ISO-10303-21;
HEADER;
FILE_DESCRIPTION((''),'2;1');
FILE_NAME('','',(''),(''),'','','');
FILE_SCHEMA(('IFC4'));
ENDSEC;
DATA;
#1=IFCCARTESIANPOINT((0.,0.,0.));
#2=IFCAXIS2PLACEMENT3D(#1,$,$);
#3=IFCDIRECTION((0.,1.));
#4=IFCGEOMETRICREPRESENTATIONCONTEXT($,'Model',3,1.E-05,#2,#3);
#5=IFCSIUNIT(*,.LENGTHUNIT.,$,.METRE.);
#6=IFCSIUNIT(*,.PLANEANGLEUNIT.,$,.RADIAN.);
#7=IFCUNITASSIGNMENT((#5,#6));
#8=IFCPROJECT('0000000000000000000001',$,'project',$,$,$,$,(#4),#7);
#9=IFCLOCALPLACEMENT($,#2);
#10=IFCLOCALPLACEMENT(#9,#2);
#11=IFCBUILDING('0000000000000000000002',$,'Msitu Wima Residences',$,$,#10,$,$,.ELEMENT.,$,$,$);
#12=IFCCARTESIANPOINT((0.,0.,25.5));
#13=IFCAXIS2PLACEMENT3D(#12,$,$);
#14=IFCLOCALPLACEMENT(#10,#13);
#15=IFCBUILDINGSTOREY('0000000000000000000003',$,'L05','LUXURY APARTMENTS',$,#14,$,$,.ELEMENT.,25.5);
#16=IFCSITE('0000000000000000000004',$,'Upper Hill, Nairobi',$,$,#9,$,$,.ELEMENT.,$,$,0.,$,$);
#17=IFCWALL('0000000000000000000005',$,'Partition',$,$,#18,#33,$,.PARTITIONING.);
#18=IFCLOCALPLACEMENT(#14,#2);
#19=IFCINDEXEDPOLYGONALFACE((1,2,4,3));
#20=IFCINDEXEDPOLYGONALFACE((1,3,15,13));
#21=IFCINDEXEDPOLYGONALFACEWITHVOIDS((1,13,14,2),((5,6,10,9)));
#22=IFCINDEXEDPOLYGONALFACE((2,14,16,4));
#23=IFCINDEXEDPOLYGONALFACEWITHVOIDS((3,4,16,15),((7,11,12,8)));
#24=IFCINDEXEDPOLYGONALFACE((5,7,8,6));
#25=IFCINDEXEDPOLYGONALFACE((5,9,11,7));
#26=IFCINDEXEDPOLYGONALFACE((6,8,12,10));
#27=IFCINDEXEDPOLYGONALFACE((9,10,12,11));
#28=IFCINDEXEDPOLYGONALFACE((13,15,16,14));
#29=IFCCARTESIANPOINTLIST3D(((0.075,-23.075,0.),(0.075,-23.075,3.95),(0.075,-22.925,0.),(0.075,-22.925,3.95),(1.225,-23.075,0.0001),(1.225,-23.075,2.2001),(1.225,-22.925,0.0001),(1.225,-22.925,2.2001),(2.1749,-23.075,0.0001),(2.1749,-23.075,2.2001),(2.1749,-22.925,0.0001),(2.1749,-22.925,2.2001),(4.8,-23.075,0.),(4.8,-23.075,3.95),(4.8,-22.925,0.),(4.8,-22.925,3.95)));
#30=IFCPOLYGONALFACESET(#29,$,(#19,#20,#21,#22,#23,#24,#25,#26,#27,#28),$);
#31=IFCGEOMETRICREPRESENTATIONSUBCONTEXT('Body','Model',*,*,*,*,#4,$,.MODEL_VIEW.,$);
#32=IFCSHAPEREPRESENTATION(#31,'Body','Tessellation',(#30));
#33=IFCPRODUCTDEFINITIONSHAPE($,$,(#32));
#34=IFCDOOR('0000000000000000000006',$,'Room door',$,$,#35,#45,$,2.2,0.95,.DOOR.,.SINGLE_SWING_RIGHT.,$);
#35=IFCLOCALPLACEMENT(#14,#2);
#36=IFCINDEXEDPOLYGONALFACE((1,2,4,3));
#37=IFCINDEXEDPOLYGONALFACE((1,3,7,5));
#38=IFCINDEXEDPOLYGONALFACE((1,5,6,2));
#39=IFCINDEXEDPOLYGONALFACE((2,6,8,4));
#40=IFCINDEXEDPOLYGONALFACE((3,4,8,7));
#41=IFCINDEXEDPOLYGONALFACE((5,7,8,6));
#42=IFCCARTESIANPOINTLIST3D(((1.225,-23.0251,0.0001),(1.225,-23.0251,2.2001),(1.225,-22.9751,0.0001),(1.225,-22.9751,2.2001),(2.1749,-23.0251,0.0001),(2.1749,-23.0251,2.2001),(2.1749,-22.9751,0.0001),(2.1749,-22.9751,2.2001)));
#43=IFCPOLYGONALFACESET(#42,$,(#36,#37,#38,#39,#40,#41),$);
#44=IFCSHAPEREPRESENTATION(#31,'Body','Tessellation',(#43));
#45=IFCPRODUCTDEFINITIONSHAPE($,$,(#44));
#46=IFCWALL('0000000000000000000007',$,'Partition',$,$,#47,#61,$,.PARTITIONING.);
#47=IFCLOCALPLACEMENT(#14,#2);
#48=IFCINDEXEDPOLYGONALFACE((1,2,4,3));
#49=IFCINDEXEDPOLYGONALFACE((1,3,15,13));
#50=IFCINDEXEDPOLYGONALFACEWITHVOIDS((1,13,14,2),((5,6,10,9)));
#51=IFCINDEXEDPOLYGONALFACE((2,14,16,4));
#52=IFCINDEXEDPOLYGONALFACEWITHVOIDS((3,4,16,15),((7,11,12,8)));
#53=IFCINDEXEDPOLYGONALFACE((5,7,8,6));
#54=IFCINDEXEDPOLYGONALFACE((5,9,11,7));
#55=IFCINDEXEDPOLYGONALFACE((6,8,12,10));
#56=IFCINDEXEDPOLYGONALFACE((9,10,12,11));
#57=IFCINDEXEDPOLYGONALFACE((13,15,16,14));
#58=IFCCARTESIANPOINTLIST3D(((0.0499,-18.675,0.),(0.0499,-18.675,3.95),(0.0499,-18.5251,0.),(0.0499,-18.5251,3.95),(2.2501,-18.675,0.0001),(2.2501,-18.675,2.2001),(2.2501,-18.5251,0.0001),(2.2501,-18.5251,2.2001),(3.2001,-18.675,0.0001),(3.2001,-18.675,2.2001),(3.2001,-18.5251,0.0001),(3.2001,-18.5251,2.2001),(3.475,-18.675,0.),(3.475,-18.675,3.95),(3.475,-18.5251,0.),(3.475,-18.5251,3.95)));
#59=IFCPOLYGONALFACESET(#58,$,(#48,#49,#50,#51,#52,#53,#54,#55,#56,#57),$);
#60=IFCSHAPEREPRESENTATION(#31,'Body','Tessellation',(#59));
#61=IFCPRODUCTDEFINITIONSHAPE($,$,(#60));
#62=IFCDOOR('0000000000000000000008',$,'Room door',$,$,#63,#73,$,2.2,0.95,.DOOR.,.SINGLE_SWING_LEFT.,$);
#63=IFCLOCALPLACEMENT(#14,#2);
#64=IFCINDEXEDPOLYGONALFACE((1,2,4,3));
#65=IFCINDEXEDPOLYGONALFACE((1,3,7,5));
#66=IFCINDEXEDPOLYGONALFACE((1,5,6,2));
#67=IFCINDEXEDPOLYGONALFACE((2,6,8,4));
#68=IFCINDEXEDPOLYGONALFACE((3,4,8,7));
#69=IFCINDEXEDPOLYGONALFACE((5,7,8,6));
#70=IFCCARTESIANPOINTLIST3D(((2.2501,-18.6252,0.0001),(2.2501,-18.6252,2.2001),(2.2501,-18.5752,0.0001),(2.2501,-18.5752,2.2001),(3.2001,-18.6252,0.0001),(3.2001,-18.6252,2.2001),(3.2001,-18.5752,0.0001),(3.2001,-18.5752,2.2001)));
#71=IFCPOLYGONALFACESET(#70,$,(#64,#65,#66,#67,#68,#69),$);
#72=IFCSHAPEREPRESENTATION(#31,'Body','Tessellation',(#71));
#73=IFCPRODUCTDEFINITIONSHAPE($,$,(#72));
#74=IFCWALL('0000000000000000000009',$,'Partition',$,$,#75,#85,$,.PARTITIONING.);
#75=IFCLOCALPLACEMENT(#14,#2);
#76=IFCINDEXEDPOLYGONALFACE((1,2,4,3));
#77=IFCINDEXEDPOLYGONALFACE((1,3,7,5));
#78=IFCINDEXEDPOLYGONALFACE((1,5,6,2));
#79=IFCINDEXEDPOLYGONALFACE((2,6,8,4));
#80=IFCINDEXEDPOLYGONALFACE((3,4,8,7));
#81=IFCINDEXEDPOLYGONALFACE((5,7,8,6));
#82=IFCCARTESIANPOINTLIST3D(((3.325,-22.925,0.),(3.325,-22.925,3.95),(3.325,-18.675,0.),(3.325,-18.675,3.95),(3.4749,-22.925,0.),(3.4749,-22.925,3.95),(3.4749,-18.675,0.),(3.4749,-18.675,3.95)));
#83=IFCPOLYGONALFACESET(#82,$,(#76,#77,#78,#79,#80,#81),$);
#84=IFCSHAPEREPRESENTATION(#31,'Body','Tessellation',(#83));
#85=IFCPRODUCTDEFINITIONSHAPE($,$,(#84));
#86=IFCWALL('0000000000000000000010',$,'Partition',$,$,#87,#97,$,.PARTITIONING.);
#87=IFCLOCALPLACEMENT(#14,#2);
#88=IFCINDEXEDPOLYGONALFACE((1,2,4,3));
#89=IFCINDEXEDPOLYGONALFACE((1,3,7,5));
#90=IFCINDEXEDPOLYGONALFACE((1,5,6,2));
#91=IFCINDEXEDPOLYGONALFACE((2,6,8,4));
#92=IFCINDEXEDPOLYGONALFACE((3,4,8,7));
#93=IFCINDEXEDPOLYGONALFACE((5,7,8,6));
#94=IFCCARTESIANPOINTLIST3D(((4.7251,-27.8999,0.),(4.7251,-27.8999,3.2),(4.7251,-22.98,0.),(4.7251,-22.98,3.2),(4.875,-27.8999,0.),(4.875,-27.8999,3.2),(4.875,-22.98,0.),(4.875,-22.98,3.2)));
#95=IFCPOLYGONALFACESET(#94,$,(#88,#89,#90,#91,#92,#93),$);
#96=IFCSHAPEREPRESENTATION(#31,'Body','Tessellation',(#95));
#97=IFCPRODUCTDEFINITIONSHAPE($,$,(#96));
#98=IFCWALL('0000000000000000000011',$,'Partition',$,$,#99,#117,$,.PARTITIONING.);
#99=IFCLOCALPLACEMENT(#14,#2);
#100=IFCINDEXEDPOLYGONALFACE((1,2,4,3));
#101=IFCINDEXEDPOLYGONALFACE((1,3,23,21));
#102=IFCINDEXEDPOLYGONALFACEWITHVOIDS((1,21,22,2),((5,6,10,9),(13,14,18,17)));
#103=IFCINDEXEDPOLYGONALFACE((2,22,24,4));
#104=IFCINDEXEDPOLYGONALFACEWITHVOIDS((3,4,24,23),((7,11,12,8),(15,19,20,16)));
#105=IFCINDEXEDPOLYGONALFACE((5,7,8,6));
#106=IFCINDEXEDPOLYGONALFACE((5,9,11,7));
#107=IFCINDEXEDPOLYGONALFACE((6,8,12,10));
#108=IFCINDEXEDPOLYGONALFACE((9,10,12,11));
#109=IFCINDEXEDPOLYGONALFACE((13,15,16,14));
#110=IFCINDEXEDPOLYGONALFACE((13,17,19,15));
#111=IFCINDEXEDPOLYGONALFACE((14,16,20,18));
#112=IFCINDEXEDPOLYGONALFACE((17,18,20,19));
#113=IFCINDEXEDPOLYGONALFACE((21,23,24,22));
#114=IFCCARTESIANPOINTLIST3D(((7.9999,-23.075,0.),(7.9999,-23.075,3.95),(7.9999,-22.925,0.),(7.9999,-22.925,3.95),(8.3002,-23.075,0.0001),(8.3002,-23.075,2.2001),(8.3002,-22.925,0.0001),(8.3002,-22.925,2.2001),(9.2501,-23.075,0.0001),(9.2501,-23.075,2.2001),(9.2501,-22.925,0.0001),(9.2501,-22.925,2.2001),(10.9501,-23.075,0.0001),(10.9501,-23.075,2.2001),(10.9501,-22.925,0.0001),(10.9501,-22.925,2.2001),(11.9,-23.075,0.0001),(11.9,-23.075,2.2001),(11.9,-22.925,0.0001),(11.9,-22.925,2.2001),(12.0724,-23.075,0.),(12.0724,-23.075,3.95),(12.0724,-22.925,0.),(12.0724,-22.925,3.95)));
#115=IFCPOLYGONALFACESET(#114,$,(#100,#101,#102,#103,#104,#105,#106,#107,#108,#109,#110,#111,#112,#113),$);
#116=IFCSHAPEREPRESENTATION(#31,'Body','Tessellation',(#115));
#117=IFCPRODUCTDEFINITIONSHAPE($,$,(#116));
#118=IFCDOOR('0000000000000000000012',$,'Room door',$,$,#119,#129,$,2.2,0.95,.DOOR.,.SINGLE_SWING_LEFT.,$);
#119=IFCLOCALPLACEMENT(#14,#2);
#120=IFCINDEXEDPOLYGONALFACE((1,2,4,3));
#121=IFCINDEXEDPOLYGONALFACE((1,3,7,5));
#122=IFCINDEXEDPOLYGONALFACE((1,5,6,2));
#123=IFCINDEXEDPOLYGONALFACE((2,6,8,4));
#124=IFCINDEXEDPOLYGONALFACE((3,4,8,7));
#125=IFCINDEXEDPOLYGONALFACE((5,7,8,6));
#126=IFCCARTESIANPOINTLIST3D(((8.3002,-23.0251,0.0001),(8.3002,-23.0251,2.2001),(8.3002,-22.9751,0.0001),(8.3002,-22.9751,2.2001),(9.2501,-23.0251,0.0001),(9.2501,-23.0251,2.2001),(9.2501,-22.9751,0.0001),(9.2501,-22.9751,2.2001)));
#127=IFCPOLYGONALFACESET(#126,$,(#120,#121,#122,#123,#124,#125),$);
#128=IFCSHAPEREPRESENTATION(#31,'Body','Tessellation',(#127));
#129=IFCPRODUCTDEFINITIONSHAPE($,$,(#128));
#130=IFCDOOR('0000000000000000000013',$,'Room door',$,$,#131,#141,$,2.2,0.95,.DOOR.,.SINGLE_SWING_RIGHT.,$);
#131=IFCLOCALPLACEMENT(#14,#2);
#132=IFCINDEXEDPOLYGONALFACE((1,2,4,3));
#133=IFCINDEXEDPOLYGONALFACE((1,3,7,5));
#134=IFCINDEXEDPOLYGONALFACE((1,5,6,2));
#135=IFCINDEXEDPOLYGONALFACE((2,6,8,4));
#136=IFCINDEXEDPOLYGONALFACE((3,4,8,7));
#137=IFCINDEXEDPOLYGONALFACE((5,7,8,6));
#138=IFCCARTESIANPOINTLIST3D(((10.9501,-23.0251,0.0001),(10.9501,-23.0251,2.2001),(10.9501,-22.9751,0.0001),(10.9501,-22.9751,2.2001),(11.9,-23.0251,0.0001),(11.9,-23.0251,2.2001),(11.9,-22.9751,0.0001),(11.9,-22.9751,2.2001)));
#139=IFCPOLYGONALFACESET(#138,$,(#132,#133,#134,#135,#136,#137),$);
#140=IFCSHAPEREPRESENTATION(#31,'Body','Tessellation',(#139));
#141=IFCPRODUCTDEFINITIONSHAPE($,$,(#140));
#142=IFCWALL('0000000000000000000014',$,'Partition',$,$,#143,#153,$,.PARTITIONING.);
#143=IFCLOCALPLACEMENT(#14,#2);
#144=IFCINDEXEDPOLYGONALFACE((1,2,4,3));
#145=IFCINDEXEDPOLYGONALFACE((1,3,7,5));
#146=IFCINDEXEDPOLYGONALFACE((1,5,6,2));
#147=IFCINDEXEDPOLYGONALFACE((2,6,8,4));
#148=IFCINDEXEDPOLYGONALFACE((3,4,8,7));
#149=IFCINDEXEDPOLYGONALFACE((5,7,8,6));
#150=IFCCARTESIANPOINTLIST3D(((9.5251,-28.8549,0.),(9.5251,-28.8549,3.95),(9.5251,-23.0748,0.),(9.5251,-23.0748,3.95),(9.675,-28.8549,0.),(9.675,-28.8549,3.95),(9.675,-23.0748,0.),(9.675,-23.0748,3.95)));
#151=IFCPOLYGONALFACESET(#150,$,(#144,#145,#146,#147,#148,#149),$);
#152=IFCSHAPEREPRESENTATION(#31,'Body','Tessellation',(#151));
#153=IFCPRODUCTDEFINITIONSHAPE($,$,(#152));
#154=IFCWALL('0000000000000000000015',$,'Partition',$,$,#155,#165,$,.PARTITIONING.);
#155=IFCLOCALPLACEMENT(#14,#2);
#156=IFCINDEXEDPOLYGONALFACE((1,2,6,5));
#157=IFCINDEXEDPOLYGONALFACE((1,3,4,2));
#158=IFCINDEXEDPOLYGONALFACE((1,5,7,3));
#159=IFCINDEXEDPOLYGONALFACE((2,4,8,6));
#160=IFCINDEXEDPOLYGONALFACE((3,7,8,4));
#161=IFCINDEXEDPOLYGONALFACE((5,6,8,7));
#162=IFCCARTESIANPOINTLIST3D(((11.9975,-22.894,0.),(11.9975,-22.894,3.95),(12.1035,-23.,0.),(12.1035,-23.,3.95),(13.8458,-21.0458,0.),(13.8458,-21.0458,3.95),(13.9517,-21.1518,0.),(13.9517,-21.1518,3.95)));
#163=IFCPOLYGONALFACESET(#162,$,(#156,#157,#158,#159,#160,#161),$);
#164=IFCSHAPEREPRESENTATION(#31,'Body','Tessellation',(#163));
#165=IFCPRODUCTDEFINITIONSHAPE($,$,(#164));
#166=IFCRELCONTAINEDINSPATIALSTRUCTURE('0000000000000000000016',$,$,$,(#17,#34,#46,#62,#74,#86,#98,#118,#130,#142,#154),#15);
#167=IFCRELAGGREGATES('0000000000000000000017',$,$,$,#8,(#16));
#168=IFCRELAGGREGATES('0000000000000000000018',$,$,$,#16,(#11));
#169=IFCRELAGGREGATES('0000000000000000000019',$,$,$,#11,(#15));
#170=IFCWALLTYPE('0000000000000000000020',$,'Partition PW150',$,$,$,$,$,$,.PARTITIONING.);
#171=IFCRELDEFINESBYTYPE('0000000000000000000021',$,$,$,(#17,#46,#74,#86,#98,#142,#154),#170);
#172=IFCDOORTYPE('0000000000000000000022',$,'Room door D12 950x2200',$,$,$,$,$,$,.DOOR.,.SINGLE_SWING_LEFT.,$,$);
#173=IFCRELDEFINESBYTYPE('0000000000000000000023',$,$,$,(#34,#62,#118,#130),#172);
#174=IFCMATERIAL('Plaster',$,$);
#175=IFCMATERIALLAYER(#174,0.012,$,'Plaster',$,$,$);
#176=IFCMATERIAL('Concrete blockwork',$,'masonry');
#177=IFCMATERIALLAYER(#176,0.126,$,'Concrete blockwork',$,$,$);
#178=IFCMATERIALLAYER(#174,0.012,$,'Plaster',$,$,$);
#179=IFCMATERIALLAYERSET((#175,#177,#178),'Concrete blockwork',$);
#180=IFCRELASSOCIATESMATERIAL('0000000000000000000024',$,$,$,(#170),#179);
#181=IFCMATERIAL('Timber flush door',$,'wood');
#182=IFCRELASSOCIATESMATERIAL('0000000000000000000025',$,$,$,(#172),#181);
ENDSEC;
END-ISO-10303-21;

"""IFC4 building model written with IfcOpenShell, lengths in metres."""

from ifc_helpers import new_model, si_unit, direction, frame, frame_2d, origin, place, context, subcontext, project, spatial, rectangle, extrude, material, layer, layer_set, type_object, element, fill, save


model = new_model("IFC4")

# Units and contexts
model_context = context("Model", 3, precision=1e-05, world=origin(), true_north=direction((0.0, 1.0)))
body_context = subcontext(model_context, "Body", "Model", "MODEL_VIEW")
ifc_project = project(units=[si_unit("LENGTHUNIT", "METRE"), si_unit("PLANEANGLEUNIT", "RADIAN")], contexts=[model_context])

# Site, building, storey
site_placement = place(None, origin())
site = spatial("IfcSite", under=ifc_project, at=site_placement, Name="Upper Hill, Nairobi", CompositionType="ELEMENT", RefElevation=0.0)
building_placement = place(site_placement, origin())
building = spatial("IfcBuilding", under=site, at=building_placement, Name="Msitu Wima Residences", CompositionType="ELEMENT")
storey_placement = place(building_placement, frame((0.0, 0.0, 25.5)))
storey = spatial("IfcBuildingStorey", under=building, at=storey_placement, Name="L05", Description="LUXURY APARTMENTS", CompositionType="ELEMENT", Elevation=25.5)

# Walls, openings, doors
ifc_material_1 = material(Name="Plaster")
ifc_layer_1 = layer(ifc_material_1, 0.012, Name="Plaster")
ifc_material_2 = material(Name="Concrete blockwork", Category="masonry")
ifc_layer_2 = layer(ifc_material_2, 0.126, Name="Concrete blockwork")
ifc_layer_3 = layer(ifc_material_1, 0.012, Name="Plaster")
ifc_layer_set_1 = layer_set([ifc_layer_1, ifc_layer_2, ifc_layer_3], Name="Concrete blockwork")
wall_type_1 = type_object("IfcWallType", Name="Partition PW150", PredefinedType="PARTITIONING", material=ifc_layer_set_1)
wall_1_placement = place(storey_placement, frame((0.075, -23.0, 0.0), z_axis=(0.0, 0.0, 1.0), x_axis=(1.0, 0.0, 0.0)))
wall_1 = element("IfcWall", 1, at=wall_1_placement, inside=storey, type_object=wall_type_1, Name="Partition", PredefinedType="PARTITIONING", context=body_context, shape_type="SweptSolid", body=[
    extrude(rectangle(XDim=4.7251, YDim=0.1499, at=frame_2d((2.3625, 0.0))), origin(), (0.0, 0.0, 1.0), 3.95),
])
opening_1_placement = place(wall_1_placement, frame((1.1499, 0.0, 0.0)))
opening_1 = element("IfcOpeningElement", 2, at=opening_1_placement, cuts=wall_1, PredefinedType="OPENING", context=body_context, shape_type="SweptSolid", body=[
    extrude(rectangle(XDim=0.95, YDim=2.2, at=frame_2d((0.4751, 1.1001))), frame((0.0, 0.085, 0.0), z_axis=(0.0, -1.0, 0.0), x_axis=(1.0, 0.0, 0.0)), (0.0, 0.0, 1.0), 0.1699),
])
ifc_material_3 = material(Name="Timber flush door", Category="wood")
door_type_1 = type_object("IfcDoorType", Name="Room door D12 950x2200", OperationType="SINGLE_SWING_LEFT", PredefinedType="DOOR", material=ifc_material_3)
door_1_placement = place(opening_1_placement, origin())
door_1 = element("IfcDoor", 3, at=door_1_placement, inside=storey, type_object=door_type_1, Name="Room door", OperationType="SINGLE_SWING_RIGHT", OverallHeight=2.2, OverallWidth=0.95, PredefinedType="DOOR", context=body_context, shape_type="SweptSolid", body=[
    extrude(rectangle(XDim=0.95, YDim=2.2, at=frame_2d((0.4751, 1.1001))), frame((0.0, 0.0249, 0.0), z_axis=(0.0, -1.0, 0.0), x_axis=(1.0, 0.0, 0.0)), (0.0, 0.0, 1.0), 0.05),
])
fill(opening_1, door_1)
wall_2_placement = place(storey_placement, frame((0.05, -18.6001, 0.0), z_axis=(0.0, 0.0, 1.0), x_axis=(1.0, 0.0, 0.0)))
wall_2 = element("IfcWall", 4, at=wall_2_placement, inside=storey, type_object=wall_type_1, Name="Partition", PredefinedType="PARTITIONING", context=body_context, shape_type="SweptSolid", body=[
    extrude(rectangle(XDim=3.425, YDim=0.1499, at=frame_2d((1.7124, 0.0))), origin(), (0.0, 0.0, 1.0), 3.95),
])
opening_2_placement = place(wall_2_placement, frame((2.2, 0.0, 0.0)))
opening_2 = element("IfcOpeningElement", 5, at=opening_2_placement, cuts=wall_2, PredefinedType="OPENING", context=body_context, shape_type="SweptSolid", body=[
    extrude(rectangle(XDim=0.95, YDim=2.2, at=frame_2d((0.4751, 1.1001))), frame((0.0, 0.085, 0.0), z_axis=(0.0, -1.0, 0.0), x_axis=(1.0, 0.0, 0.0)), (0.0, 0.0, 1.0), 0.1699),
])
door_2_placement = place(opening_2_placement, origin())
door_2 = element("IfcDoor", 6, at=door_2_placement, inside=storey, type_object=door_type_1, Name="Room door", OperationType="SINGLE_SWING_LEFT", OverallHeight=2.2, OverallWidth=0.95, PredefinedType="DOOR", context=body_context, shape_type="SweptSolid", body=[
    extrude(rectangle(XDim=0.95, YDim=2.2, at=frame_2d((0.4751, 1.1001))), frame((0.0, 0.0249, 0.0), z_axis=(0.0, -1.0, 0.0), x_axis=(1.0, 0.0, 0.0)), (0.0, 0.0, 1.0), 0.05),
])
fill(opening_2, door_2)

# Walls
wall_3_placement = place(storey_placement, frame((3.3999, -22.925, 0.0), z_axis=(0.0, 0.0, 1.0), x_axis=(0.0, 1.0, 0.0)))
element("IfcWall", 7, at=wall_3_placement, inside=storey, type_object=wall_type_1, Name="Partition", PredefinedType="PARTITIONING", context=body_context, shape_type="SweptSolid", body=[
    extrude(rectangle(XDim=4.25, YDim=0.1499, at=frame_2d((2.125, 0.0))), origin(), (0.0, 0.0, 1.0), 3.95),
])
wall_4_placement = place(storey_placement, frame((4.8, -27.8999, 0.0), z_axis=(0.0, 0.0, 1.0), x_axis=(0.0, 1.0, 0.0)))
element("IfcWall", 8, at=wall_4_placement, inside=storey, type_object=wall_type_1, Name="Partition", PredefinedType="PARTITIONING", context=body_context, shape_type="SweptSolid", body=[
    extrude(rectangle(XDim=4.9199, YDim=0.1499, at=frame_2d((2.46, 0.0))), origin(), (0.0, 0.0, 1.0), 3.2),
])

# Wall, openings, doors
wall_5_placement = place(storey_placement, frame((8.0, -23.0, 0.0), z_axis=(0.0, 0.0, 1.0), x_axis=(1.0, 0.0, 0.0)))
wall_5 = element("IfcWall", 9, at=wall_5_placement, inside=storey, type_object=wall_type_1, Name="Partition", PredefinedType="PARTITIONING", context=body_context, shape_type="SweptSolid", body=[
    extrude(rectangle(XDim=4.0725, YDim=0.1499, at=frame_2d((2.0361, 0.0))), origin(), (0.0, 0.0, 1.0), 3.95),
])
opening_3_placement = place(wall_5_placement, frame((0.3, 0.0, 0.0)))
opening_3 = element("IfcOpeningElement", 10, at=opening_3_placement, cuts=wall_5, PredefinedType="OPENING", context=body_context, shape_type="SweptSolid", body=[
    extrude(rectangle(XDim=0.95, YDim=2.2, at=frame_2d((0.4751, 1.1001))), frame((0.0, 0.085, 0.0), z_axis=(0.0, -1.0, 0.0), x_axis=(1.0, 0.0, 0.0)), (0.0, 0.0, 1.0), 0.1699),
])
opening_4_placement = place(wall_5_placement, frame((2.95, 0.0, 0.0)))
opening_4 = element("IfcOpeningElement", 11, at=opening_4_placement, cuts=wall_5, PredefinedType="OPENING", context=body_context, shape_type="SweptSolid", body=[
    extrude(rectangle(XDim=0.95, YDim=2.2, at=frame_2d((0.4751, 1.1001))), frame((0.0, 0.085, 0.0), z_axis=(0.0, -1.0, 0.0), x_axis=(1.0, 0.0, 0.0)), (0.0, 0.0, 1.0), 0.1699),
])
door_3_placement = place(opening_3_placement, origin())
door_3 = element("IfcDoor", 12, at=door_3_placement, inside=storey, type_object=door_type_1, Name="Room door", OperationType="SINGLE_SWING_LEFT", OverallHeight=2.2, OverallWidth=0.95, PredefinedType="DOOR", context=body_context, shape_type="SweptSolid", body=[
    extrude(rectangle(XDim=0.95, YDim=2.2, at=frame_2d((0.4751, 1.1001))), frame((0.0, 0.0249, 0.0), z_axis=(0.0, -1.0, 0.0), x_axis=(1.0, 0.0, 0.0)), (0.0, 0.0, 1.0), 0.05),
])
fill(opening_3, door_3)
door_4_placement = place(opening_4_placement, origin())
door_4 = element("IfcDoor", 13, at=door_4_placement, inside=storey, type_object=door_type_1, Name="Room door", OperationType="SINGLE_SWING_RIGHT", OverallHeight=2.2, OverallWidth=0.95, PredefinedType="DOOR", context=body_context, shape_type="SweptSolid", body=[
    extrude(rectangle(XDim=0.95, YDim=2.2, at=frame_2d((0.4751, 1.1001))), frame((0.0, 0.0249, 0.0), z_axis=(0.0, -1.0, 0.0), x_axis=(1.0, 0.0, 0.0)), (0.0, 0.0, 1.0), 0.05),
])
fill(opening_4, door_4)

# Walls
wall_6_placement = place(storey_placement, frame((9.6001, -28.855, 0.0), z_axis=(0.0, 0.0, 1.0), x_axis=(0.0, 1.0, 0.0)))
element("IfcWall", 14, at=wall_6_placement, inside=storey, type_object=wall_type_1, Name="Partition", PredefinedType="PARTITIONING", context=body_context, shape_type="SweptSolid", body=[
    extrude(rectangle(XDim=5.78, YDim=0.1499, at=frame_2d((2.8901, 0.0))), origin(), (0.0, 0.0, 1.0), 3.95),
])
wall_7_placement = place(storey_placement, frame((12.0505, -22.947, 0.0), z_axis=(0.0, 0.0, 1.0), x_axis=(0.707107, 0.707107, 0.0)))
element("IfcWall", 15, at=wall_7_placement, inside=storey, type_object=wall_type_1, Name="Partition", PredefinedType="PARTITIONING", context=body_context, shape_type="SweptSolid", body=[
    extrude(rectangle(XDim=2.6138, YDim=0.1499, at=frame_2d((1.3069, 0.0))), origin(), (0.0, 0.0, 1.0), 3.95),
])

save(model, "model.ifc")
